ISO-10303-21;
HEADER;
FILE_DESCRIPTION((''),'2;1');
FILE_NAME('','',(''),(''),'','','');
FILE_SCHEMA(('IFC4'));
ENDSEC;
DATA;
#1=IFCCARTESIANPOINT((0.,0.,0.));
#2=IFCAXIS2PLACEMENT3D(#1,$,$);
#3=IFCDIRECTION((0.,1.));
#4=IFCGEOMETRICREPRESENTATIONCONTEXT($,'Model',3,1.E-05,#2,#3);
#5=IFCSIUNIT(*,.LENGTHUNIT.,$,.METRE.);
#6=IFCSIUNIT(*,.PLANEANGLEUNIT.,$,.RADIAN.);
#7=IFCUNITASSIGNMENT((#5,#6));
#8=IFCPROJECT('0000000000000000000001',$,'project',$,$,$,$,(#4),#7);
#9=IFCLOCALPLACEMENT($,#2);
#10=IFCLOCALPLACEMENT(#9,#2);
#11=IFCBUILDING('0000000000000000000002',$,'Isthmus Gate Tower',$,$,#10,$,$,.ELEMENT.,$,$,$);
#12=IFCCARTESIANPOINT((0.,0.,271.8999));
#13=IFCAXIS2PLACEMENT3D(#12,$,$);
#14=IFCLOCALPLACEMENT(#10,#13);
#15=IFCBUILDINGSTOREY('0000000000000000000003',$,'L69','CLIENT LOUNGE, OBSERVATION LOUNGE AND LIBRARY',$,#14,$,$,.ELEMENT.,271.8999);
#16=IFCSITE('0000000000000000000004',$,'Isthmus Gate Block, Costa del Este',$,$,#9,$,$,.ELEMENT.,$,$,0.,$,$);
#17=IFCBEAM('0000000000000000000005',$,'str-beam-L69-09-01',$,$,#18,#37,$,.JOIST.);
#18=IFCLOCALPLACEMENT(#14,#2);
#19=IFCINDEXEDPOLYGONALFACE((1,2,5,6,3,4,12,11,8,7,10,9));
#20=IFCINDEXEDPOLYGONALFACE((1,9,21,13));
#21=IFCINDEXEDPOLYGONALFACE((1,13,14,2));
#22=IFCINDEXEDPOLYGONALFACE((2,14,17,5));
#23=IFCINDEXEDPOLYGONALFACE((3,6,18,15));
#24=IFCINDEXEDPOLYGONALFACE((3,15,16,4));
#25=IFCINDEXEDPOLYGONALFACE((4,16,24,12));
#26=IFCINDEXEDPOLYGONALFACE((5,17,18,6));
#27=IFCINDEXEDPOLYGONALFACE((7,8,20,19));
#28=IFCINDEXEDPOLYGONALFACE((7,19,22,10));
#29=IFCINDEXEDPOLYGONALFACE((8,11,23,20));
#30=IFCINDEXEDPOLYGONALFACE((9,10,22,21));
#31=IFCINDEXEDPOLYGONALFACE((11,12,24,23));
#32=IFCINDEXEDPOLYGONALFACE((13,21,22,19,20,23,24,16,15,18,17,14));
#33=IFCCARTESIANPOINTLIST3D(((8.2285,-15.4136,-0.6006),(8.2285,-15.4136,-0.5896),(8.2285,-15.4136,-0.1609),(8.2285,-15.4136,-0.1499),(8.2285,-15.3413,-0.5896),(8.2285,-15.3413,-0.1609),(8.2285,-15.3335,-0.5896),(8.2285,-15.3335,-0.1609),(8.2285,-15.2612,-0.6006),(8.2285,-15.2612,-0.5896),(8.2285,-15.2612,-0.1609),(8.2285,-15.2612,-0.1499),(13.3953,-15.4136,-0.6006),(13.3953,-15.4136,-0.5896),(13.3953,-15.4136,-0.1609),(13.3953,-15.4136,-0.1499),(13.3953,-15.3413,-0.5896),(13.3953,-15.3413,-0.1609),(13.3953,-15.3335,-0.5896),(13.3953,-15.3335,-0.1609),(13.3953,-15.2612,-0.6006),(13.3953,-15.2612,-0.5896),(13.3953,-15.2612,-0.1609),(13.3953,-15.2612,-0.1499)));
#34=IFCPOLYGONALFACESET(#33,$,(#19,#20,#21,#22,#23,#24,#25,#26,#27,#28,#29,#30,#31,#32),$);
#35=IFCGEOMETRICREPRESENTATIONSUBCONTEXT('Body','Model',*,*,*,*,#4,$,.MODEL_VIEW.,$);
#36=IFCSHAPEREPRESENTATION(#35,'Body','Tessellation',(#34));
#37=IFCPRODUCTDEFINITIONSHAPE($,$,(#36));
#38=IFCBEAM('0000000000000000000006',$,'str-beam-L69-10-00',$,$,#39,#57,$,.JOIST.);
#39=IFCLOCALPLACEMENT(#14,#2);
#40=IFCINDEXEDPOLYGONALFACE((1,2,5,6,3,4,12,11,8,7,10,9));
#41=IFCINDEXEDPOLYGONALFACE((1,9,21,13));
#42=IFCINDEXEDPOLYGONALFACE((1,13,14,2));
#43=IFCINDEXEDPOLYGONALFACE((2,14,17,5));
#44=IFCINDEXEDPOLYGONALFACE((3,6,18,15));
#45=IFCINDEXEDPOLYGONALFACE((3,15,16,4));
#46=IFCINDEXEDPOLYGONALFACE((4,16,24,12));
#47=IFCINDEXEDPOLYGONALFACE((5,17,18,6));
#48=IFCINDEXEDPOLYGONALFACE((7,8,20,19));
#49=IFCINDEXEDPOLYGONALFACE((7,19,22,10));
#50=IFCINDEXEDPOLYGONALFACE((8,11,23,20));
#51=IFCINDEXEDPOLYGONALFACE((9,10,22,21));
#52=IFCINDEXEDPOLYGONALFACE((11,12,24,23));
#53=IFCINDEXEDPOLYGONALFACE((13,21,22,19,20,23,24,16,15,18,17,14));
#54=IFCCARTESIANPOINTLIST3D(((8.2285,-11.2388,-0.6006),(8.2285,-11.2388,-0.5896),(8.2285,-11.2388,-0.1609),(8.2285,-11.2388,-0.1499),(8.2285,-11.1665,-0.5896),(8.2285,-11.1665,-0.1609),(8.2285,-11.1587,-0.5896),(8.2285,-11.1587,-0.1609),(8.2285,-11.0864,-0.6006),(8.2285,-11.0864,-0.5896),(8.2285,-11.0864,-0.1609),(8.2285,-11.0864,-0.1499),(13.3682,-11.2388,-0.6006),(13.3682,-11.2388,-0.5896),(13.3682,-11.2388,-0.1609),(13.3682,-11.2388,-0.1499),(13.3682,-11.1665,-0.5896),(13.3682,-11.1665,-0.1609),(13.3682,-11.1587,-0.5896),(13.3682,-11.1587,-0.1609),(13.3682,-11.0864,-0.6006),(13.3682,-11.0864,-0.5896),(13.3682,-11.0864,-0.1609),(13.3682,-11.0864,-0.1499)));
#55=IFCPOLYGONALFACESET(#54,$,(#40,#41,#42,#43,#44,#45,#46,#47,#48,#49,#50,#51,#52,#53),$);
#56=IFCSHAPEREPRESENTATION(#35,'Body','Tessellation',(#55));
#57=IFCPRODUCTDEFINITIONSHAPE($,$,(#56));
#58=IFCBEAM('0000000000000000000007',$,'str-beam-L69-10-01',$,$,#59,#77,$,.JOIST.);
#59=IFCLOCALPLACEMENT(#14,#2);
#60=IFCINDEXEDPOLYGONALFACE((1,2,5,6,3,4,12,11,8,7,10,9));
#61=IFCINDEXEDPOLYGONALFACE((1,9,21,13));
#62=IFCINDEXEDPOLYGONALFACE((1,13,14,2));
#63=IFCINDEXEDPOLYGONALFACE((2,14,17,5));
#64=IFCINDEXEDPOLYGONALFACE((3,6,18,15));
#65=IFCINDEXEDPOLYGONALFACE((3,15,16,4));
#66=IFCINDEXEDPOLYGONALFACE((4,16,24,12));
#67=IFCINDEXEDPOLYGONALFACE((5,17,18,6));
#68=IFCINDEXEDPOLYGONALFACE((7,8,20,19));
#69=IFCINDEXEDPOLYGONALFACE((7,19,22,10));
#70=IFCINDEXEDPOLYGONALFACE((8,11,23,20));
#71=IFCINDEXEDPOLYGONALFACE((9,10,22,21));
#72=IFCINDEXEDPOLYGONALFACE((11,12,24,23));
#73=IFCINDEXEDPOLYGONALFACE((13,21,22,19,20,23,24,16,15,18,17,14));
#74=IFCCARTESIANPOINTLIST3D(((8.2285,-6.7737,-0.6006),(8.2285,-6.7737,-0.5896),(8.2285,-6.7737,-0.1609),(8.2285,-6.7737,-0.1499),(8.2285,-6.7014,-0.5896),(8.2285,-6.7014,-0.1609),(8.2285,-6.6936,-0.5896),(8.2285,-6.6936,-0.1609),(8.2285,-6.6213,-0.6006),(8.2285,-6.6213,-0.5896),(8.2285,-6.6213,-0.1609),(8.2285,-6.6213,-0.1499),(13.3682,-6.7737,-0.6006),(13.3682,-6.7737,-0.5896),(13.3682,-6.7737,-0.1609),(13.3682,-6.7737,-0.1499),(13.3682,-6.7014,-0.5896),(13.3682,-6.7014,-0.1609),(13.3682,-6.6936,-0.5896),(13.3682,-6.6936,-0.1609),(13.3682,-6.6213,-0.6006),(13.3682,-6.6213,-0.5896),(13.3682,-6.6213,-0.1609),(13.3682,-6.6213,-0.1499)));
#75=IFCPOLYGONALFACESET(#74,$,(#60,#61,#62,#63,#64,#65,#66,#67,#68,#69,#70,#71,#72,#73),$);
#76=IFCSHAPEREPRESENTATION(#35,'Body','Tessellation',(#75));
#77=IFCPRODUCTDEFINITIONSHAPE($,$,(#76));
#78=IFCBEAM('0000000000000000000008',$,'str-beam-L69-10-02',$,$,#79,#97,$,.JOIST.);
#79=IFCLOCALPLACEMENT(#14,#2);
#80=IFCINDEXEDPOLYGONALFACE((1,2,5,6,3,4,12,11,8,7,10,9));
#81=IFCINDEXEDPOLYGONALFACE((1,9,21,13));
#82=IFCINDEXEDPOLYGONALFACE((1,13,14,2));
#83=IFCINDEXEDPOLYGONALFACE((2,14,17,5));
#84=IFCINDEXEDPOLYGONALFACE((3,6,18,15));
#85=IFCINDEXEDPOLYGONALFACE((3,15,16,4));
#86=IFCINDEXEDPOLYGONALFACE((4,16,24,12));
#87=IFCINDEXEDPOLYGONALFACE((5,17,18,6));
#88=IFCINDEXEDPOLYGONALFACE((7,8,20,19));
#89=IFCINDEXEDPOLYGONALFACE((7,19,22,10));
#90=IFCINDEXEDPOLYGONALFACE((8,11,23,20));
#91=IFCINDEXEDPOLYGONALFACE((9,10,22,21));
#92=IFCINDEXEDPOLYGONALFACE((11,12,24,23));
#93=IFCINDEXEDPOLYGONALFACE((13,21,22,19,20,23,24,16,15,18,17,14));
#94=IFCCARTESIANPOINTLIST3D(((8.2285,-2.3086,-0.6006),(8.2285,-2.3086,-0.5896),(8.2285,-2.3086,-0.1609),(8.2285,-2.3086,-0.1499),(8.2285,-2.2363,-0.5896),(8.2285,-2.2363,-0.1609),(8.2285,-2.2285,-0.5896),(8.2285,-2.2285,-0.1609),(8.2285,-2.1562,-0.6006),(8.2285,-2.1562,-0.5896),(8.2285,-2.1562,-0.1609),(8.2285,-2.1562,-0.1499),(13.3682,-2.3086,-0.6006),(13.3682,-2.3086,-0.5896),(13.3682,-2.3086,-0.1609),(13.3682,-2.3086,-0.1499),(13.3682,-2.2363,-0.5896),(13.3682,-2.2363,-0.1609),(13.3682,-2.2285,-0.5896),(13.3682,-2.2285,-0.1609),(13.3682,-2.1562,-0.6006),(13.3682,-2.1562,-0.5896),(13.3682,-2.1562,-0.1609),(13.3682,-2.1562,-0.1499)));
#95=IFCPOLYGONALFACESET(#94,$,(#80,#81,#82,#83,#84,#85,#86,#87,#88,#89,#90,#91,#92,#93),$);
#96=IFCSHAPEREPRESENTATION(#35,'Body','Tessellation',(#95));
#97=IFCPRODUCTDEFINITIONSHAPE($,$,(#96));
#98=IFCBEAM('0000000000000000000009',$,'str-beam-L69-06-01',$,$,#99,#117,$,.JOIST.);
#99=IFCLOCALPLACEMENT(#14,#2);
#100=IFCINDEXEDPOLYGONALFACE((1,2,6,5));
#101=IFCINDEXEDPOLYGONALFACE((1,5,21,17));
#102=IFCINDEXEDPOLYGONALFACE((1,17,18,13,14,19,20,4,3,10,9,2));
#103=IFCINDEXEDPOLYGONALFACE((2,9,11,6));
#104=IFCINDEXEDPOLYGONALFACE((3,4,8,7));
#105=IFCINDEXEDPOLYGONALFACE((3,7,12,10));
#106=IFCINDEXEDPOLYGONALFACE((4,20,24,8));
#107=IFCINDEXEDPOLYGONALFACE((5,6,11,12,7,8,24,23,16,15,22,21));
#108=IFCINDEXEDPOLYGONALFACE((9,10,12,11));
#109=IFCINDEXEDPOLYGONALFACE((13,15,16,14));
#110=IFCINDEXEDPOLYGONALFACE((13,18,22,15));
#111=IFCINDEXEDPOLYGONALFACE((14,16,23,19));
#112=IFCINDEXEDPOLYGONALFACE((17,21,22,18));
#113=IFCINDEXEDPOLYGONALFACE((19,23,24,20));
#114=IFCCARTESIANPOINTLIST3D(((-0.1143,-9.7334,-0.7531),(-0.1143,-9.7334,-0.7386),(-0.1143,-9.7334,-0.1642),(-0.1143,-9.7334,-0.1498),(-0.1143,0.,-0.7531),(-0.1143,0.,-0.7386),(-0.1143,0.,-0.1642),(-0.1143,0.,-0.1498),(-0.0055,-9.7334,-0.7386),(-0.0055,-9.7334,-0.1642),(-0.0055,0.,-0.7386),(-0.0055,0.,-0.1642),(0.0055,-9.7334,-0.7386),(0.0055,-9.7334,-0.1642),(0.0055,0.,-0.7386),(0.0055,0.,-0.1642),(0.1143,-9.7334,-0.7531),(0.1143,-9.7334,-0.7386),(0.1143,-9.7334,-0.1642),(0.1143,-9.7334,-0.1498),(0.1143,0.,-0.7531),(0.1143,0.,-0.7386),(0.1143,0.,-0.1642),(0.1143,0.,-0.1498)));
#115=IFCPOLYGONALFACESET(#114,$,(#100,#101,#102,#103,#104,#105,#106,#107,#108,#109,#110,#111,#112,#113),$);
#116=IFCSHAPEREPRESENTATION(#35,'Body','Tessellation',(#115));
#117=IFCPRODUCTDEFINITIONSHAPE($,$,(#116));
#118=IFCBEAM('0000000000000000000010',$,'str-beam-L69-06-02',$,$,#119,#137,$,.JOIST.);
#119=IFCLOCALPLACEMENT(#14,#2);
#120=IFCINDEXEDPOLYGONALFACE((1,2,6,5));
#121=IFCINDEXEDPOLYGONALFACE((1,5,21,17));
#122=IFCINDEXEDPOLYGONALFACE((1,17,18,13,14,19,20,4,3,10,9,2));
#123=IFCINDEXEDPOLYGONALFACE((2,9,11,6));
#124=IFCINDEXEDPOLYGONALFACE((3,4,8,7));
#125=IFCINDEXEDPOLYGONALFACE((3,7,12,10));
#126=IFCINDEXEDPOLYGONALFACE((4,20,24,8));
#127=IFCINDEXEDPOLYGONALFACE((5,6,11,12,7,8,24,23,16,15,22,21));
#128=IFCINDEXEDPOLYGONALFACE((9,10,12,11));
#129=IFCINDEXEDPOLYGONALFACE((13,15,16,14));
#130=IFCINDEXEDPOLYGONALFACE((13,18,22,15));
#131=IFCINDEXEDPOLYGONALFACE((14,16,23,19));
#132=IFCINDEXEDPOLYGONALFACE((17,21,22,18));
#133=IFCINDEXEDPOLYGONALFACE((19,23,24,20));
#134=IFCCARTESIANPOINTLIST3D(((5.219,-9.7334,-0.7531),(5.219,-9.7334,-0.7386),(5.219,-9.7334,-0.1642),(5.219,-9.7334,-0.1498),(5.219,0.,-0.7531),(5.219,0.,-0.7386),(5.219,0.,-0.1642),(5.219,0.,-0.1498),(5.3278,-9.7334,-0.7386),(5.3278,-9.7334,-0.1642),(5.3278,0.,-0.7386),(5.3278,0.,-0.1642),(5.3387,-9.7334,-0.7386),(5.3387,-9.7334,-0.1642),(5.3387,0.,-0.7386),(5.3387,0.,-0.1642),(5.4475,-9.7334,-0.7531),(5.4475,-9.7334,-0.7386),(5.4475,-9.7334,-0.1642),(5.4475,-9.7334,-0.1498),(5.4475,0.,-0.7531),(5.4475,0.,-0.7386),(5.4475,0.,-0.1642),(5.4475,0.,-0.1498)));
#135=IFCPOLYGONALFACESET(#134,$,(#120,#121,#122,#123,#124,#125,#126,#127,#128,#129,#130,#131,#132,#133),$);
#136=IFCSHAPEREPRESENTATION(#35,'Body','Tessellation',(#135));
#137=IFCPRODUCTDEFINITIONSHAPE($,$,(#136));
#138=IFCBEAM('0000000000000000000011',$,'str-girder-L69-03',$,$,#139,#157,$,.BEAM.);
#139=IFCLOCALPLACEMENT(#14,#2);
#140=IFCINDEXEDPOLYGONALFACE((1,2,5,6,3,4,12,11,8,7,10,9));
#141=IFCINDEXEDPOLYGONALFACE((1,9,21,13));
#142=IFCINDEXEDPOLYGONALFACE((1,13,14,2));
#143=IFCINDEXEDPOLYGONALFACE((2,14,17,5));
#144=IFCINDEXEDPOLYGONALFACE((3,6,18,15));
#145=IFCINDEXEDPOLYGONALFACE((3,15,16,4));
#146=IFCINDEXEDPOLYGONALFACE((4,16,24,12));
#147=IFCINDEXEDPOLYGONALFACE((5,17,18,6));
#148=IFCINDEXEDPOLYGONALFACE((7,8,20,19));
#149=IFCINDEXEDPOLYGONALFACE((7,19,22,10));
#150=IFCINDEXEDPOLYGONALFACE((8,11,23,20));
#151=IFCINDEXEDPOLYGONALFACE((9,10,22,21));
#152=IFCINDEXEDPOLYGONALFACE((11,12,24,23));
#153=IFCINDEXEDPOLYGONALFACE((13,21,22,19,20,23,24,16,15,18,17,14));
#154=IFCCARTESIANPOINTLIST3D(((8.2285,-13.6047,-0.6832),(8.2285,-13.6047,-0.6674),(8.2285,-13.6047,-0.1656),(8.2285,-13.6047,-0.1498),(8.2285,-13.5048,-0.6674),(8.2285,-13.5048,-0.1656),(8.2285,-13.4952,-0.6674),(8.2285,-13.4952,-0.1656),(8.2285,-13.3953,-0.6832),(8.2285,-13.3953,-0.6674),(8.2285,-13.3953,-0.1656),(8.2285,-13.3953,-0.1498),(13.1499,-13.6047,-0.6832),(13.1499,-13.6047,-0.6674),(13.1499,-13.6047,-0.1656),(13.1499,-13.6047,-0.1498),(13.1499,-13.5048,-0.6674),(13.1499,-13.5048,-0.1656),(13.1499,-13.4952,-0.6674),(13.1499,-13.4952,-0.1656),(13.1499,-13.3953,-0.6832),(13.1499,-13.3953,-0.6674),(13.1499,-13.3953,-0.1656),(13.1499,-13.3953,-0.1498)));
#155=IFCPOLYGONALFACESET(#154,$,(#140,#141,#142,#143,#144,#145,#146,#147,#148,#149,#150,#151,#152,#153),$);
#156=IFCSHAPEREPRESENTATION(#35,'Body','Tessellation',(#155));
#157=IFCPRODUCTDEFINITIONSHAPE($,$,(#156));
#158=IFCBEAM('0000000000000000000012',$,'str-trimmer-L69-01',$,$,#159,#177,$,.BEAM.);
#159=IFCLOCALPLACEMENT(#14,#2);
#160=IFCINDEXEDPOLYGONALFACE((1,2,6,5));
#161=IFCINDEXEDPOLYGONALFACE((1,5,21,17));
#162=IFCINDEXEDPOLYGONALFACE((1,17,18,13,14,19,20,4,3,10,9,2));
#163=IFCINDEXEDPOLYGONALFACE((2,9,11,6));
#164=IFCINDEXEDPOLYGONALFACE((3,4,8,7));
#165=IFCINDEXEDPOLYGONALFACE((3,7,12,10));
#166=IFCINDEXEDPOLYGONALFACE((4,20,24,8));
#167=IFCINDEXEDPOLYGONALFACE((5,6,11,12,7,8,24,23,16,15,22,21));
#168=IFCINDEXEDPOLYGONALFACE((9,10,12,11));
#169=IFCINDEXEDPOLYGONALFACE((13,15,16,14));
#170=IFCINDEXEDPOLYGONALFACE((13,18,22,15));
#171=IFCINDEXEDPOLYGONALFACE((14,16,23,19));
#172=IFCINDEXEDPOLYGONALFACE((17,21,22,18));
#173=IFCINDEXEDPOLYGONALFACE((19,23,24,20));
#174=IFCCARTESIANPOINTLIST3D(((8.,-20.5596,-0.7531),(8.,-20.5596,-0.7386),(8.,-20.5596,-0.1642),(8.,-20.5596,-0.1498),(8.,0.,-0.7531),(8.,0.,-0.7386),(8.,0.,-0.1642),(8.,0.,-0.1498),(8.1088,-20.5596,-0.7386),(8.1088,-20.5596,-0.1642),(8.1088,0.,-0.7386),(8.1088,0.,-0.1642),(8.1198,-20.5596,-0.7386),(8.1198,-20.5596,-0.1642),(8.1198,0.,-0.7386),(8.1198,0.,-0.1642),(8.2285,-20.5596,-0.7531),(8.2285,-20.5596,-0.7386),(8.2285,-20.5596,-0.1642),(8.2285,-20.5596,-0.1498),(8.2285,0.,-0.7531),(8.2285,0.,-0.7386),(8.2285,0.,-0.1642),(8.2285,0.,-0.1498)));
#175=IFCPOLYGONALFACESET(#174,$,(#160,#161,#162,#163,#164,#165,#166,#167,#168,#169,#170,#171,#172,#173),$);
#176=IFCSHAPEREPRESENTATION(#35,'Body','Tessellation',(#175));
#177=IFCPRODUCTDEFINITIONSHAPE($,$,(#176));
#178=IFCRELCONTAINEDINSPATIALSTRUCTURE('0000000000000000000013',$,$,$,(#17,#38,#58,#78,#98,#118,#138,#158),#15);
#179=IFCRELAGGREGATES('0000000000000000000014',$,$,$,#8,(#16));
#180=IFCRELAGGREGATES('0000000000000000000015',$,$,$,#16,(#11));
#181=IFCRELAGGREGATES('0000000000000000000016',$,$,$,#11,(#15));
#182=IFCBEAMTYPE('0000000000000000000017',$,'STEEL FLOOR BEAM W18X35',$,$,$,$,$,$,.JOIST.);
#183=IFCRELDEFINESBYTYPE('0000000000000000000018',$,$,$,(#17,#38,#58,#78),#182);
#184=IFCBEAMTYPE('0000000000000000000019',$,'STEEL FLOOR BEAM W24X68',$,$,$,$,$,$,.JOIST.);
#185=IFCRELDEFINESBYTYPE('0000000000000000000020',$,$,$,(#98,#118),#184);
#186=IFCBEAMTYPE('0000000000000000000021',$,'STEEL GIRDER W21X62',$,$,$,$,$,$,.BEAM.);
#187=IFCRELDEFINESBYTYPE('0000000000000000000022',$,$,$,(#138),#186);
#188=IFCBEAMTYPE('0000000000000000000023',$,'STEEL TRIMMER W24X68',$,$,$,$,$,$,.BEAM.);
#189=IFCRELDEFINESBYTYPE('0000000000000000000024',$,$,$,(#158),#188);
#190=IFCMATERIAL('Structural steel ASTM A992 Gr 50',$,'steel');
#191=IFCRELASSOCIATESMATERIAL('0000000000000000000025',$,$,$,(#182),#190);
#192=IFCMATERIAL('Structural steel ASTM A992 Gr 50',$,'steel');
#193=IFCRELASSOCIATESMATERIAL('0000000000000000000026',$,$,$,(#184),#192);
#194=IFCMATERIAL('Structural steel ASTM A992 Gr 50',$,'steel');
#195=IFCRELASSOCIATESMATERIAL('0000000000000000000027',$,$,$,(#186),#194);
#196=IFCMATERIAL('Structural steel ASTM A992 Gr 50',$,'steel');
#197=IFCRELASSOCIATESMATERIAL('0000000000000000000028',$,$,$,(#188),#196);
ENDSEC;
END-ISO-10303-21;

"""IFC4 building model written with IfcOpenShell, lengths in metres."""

from ifc_helpers import new_model, si_unit, direction, frame, origin, origin_2d, place, context, subcontext, project, spatial, i_section, extrude, material, material_profile, profile_set, type_object, element, save


model = new_model("IFC4")

# Units and contexts
model_context = context("Model", 3, precision=1e-05, world=origin(), true_north=direction((0.0, 1.0)))
body_context = subcontext(model_context, "Body", "Model", "MODEL_VIEW")
ifc_project = project(units=[si_unit("LENGTHUNIT", "METRE"), si_unit("PLANEANGLEUNIT", "RADIAN")], contexts=[model_context])

# Site, building, storey
site_placement = place(None, origin())
site = spatial("IfcSite", under=ifc_project, at=site_placement, Name="Isthmus Gate Block, Costa del Este", CompositionType="ELEMENT", RefElevation=0.0)
building_placement = place(site_placement, origin())
building = spatial("IfcBuilding", under=site, at=building_placement, Name="Isthmus Gate Tower", CompositionType="ELEMENT")
storey_placement = place(building_placement, frame((0.0, 0.0, 271.8999)))
storey = spatial("IfcBuildingStorey", under=building, at=storey_placement, Name="L69", Description="CLIENT LOUNGE, OBSERVATION LOUNGE AND LIBRARY", CompositionType="ELEMENT", Elevation=271.8999)

# Beams
ifc_material_1 = material(Name="Structural steel ASTM A992 Gr 50", Category="steel")
ifc_material_profile_1 = material_profile(ifc_material_1, i_section(OverallWidth=0.1523, OverallDepth=0.4507, WebThickness=0.0078, FlangeThickness=0.011, at=origin_2d()), Name="W18X35")
ifc_profile_set_1 = profile_set([ifc_material_profile_1], Name="Structural steel ASTM A992 Gr 50")
beam_type_1 = type_object("IfcBeamType", Name="STEEL FLOOR BEAM W18X35", PredefinedType="JOIST", material=ifc_profile_set_1)
for number, where, z_axis, x_axis, name in (
    (1, (8.2285, -15.3374, -0.3752), (1.0, 0.0, 0.0), (0.0, 1.0, 0.0), "str-beam-L69-09-01"),
):
    element("IfcBeam", number, at=place(storey_placement, frame(where, z_axis=z_axis, x_axis=x_axis)), inside=storey, type_object=beam_type_1, Name=name, PredefinedType="JOIST", context=body_context, shape_type="SweptSolid", body=[
        extrude(i_section(OverallWidth=0.1523, OverallDepth=0.4507, WebThickness=0.0078, FlangeThickness=0.011, at=origin_2d()), origin(), (0.0, 0.0, 1.0), 5.1667),
    ])
for number, where, z_axis, x_axis, name in (
    (2, (8.2285, -11.1626, -0.3752), (1.0, 0.0, 0.0), (0.0, 1.0, 0.0), "str-beam-L69-10-00"),
    (3, (8.2285, -6.6975, -0.3752), (1.0, 0.0, 0.0), (0.0, 1.0, 0.0), "str-beam-L69-10-01"),
    (4, (8.2285, -2.2324, -0.3752), (1.0, 0.0, 0.0), (0.0, 1.0, 0.0), "str-beam-L69-10-02"),
):
    element("IfcBeam", number, at=place(storey_placement, frame(where, z_axis=z_axis, x_axis=x_axis)), inside=storey, type_object=beam_type_1, Name=name, PredefinedType="JOIST", context=body_context, shape_type="SweptSolid", body=[
        extrude(i_section(OverallWidth=0.1523, OverallDepth=0.4507, WebThickness=0.0078, FlangeThickness=0.011, at=origin_2d()), origin(), (0.0, 0.0, 1.0), 5.1396),
    ])
ifc_material_2 = material(Name="Structural steel ASTM A992 Gr 50", Category="steel")
ifc_material_profile_2 = material_profile(ifc_material_2, i_section(OverallWidth=0.2285, OverallDepth=0.6033, WebThickness=0.011, FlangeThickness=0.0144, at=origin_2d()), Name="W24X68")
ifc_profile_set_2 = profile_set([ifc_material_profile_2], Name="Structural steel ASTM A992 Gr 50")
beam_type_2 = type_object("IfcBeamType", Name="STEEL FLOOR BEAM W24X68", PredefinedType="JOIST", material=ifc_profile_set_2)
for number, where, z_axis, x_axis, name in (
    (5, (0.0, -9.7334, -0.4514), (0.0, 1.0, 0.0), (-1.0, 0.0, 0.0), "str-beam-L69-06-01"),
    (6, (5.3333, -9.7334, -0.4514), (0.0, 1.0, 0.0), (-1.0, 0.0, 0.0), "str-beam-L69-06-02"),
):
    element("IfcBeam", number, at=place(storey_placement, frame(where, z_axis=z_axis, x_axis=x_axis)), inside=storey, type_object=beam_type_2, Name=name, PredefinedType="JOIST", context=body_context, shape_type="SweptSolid", body=[
        extrude(i_section(OverallWidth=0.2285, OverallDepth=0.6033, WebThickness=0.011, FlangeThickness=0.0144, at=origin_2d()), origin(), (0.0, 0.0, 1.0), 9.7334),
    ])
ifc_material_3 = material(Name="Structural steel ASTM A992 Gr 50", Category="steel")
ifc_material_profile_3 = material_profile(ifc_material_3, i_section(OverallWidth=0.2095, OverallDepth=0.5334, WebThickness=0.0095, FlangeThickness=0.0159, at=origin_2d()), Name="W21X62")
ifc_profile_set_3 = profile_set([ifc_material_profile_3], Name="Structural steel ASTM A992 Gr 50")
beam_type_3 = type_object("IfcBeamType", Name="STEEL GIRDER W21X62", PredefinedType="BEAM", material=ifc_profile_set_3)
beam_1_placement = place(storey_placement, frame((8.2285, -13.5, -0.4165), z_axis=(1.0, 0.0, 0.0), x_axis=(0.0, 1.0, 0.0)))
element("IfcBeam", 7, at=beam_1_placement, inside=storey, type_object=beam_type_3, Name="str-girder-L69-03", PredefinedType="BEAM", context=body_context, shape_type="SweptSolid", body=[
    extrude(i_section(OverallWidth=0.2095, OverallDepth=0.5334, WebThickness=0.0095, FlangeThickness=0.0159, at=origin_2d()), origin(), (0.0, 0.0, 1.0), 4.9214),
])
ifc_material_4 = material(Name="Structural steel ASTM A992 Gr 50", Category="steel")
ifc_material_profile_4 = material_profile(ifc_material_4, i_section(OverallWidth=0.2285, OverallDepth=0.6033, WebThickness=0.011, FlangeThickness=0.0144, at=origin_2d()), Name="W24X68")
ifc_profile_set_4 = profile_set([ifc_material_profile_4], Name="Structural steel ASTM A992 Gr 50")
beam_type_4 = type_object("IfcBeamType", Name="STEEL TRIMMER W24X68", PredefinedType="BEAM", material=ifc_profile_set_4)
beam_2_placement = place(storey_placement, frame((8.1143, -20.5596, -0.4514), z_axis=(0.0, 1.0, 0.0), x_axis=(-1.0, 0.0, 0.0)))
element("IfcBeam", 8, at=beam_2_placement, inside=storey, type_object=beam_type_4, Name="str-trimmer-L69-01", PredefinedType="BEAM", context=body_context, shape_type="SweptSolid", body=[
    extrude(i_section(OverallWidth=0.2285, OverallDepth=0.6033, WebThickness=0.011, FlangeThickness=0.0144, at=origin_2d()), origin(), (0.0, 0.0, 1.0), 20.5596),
])

save(model, "model.ifc")
